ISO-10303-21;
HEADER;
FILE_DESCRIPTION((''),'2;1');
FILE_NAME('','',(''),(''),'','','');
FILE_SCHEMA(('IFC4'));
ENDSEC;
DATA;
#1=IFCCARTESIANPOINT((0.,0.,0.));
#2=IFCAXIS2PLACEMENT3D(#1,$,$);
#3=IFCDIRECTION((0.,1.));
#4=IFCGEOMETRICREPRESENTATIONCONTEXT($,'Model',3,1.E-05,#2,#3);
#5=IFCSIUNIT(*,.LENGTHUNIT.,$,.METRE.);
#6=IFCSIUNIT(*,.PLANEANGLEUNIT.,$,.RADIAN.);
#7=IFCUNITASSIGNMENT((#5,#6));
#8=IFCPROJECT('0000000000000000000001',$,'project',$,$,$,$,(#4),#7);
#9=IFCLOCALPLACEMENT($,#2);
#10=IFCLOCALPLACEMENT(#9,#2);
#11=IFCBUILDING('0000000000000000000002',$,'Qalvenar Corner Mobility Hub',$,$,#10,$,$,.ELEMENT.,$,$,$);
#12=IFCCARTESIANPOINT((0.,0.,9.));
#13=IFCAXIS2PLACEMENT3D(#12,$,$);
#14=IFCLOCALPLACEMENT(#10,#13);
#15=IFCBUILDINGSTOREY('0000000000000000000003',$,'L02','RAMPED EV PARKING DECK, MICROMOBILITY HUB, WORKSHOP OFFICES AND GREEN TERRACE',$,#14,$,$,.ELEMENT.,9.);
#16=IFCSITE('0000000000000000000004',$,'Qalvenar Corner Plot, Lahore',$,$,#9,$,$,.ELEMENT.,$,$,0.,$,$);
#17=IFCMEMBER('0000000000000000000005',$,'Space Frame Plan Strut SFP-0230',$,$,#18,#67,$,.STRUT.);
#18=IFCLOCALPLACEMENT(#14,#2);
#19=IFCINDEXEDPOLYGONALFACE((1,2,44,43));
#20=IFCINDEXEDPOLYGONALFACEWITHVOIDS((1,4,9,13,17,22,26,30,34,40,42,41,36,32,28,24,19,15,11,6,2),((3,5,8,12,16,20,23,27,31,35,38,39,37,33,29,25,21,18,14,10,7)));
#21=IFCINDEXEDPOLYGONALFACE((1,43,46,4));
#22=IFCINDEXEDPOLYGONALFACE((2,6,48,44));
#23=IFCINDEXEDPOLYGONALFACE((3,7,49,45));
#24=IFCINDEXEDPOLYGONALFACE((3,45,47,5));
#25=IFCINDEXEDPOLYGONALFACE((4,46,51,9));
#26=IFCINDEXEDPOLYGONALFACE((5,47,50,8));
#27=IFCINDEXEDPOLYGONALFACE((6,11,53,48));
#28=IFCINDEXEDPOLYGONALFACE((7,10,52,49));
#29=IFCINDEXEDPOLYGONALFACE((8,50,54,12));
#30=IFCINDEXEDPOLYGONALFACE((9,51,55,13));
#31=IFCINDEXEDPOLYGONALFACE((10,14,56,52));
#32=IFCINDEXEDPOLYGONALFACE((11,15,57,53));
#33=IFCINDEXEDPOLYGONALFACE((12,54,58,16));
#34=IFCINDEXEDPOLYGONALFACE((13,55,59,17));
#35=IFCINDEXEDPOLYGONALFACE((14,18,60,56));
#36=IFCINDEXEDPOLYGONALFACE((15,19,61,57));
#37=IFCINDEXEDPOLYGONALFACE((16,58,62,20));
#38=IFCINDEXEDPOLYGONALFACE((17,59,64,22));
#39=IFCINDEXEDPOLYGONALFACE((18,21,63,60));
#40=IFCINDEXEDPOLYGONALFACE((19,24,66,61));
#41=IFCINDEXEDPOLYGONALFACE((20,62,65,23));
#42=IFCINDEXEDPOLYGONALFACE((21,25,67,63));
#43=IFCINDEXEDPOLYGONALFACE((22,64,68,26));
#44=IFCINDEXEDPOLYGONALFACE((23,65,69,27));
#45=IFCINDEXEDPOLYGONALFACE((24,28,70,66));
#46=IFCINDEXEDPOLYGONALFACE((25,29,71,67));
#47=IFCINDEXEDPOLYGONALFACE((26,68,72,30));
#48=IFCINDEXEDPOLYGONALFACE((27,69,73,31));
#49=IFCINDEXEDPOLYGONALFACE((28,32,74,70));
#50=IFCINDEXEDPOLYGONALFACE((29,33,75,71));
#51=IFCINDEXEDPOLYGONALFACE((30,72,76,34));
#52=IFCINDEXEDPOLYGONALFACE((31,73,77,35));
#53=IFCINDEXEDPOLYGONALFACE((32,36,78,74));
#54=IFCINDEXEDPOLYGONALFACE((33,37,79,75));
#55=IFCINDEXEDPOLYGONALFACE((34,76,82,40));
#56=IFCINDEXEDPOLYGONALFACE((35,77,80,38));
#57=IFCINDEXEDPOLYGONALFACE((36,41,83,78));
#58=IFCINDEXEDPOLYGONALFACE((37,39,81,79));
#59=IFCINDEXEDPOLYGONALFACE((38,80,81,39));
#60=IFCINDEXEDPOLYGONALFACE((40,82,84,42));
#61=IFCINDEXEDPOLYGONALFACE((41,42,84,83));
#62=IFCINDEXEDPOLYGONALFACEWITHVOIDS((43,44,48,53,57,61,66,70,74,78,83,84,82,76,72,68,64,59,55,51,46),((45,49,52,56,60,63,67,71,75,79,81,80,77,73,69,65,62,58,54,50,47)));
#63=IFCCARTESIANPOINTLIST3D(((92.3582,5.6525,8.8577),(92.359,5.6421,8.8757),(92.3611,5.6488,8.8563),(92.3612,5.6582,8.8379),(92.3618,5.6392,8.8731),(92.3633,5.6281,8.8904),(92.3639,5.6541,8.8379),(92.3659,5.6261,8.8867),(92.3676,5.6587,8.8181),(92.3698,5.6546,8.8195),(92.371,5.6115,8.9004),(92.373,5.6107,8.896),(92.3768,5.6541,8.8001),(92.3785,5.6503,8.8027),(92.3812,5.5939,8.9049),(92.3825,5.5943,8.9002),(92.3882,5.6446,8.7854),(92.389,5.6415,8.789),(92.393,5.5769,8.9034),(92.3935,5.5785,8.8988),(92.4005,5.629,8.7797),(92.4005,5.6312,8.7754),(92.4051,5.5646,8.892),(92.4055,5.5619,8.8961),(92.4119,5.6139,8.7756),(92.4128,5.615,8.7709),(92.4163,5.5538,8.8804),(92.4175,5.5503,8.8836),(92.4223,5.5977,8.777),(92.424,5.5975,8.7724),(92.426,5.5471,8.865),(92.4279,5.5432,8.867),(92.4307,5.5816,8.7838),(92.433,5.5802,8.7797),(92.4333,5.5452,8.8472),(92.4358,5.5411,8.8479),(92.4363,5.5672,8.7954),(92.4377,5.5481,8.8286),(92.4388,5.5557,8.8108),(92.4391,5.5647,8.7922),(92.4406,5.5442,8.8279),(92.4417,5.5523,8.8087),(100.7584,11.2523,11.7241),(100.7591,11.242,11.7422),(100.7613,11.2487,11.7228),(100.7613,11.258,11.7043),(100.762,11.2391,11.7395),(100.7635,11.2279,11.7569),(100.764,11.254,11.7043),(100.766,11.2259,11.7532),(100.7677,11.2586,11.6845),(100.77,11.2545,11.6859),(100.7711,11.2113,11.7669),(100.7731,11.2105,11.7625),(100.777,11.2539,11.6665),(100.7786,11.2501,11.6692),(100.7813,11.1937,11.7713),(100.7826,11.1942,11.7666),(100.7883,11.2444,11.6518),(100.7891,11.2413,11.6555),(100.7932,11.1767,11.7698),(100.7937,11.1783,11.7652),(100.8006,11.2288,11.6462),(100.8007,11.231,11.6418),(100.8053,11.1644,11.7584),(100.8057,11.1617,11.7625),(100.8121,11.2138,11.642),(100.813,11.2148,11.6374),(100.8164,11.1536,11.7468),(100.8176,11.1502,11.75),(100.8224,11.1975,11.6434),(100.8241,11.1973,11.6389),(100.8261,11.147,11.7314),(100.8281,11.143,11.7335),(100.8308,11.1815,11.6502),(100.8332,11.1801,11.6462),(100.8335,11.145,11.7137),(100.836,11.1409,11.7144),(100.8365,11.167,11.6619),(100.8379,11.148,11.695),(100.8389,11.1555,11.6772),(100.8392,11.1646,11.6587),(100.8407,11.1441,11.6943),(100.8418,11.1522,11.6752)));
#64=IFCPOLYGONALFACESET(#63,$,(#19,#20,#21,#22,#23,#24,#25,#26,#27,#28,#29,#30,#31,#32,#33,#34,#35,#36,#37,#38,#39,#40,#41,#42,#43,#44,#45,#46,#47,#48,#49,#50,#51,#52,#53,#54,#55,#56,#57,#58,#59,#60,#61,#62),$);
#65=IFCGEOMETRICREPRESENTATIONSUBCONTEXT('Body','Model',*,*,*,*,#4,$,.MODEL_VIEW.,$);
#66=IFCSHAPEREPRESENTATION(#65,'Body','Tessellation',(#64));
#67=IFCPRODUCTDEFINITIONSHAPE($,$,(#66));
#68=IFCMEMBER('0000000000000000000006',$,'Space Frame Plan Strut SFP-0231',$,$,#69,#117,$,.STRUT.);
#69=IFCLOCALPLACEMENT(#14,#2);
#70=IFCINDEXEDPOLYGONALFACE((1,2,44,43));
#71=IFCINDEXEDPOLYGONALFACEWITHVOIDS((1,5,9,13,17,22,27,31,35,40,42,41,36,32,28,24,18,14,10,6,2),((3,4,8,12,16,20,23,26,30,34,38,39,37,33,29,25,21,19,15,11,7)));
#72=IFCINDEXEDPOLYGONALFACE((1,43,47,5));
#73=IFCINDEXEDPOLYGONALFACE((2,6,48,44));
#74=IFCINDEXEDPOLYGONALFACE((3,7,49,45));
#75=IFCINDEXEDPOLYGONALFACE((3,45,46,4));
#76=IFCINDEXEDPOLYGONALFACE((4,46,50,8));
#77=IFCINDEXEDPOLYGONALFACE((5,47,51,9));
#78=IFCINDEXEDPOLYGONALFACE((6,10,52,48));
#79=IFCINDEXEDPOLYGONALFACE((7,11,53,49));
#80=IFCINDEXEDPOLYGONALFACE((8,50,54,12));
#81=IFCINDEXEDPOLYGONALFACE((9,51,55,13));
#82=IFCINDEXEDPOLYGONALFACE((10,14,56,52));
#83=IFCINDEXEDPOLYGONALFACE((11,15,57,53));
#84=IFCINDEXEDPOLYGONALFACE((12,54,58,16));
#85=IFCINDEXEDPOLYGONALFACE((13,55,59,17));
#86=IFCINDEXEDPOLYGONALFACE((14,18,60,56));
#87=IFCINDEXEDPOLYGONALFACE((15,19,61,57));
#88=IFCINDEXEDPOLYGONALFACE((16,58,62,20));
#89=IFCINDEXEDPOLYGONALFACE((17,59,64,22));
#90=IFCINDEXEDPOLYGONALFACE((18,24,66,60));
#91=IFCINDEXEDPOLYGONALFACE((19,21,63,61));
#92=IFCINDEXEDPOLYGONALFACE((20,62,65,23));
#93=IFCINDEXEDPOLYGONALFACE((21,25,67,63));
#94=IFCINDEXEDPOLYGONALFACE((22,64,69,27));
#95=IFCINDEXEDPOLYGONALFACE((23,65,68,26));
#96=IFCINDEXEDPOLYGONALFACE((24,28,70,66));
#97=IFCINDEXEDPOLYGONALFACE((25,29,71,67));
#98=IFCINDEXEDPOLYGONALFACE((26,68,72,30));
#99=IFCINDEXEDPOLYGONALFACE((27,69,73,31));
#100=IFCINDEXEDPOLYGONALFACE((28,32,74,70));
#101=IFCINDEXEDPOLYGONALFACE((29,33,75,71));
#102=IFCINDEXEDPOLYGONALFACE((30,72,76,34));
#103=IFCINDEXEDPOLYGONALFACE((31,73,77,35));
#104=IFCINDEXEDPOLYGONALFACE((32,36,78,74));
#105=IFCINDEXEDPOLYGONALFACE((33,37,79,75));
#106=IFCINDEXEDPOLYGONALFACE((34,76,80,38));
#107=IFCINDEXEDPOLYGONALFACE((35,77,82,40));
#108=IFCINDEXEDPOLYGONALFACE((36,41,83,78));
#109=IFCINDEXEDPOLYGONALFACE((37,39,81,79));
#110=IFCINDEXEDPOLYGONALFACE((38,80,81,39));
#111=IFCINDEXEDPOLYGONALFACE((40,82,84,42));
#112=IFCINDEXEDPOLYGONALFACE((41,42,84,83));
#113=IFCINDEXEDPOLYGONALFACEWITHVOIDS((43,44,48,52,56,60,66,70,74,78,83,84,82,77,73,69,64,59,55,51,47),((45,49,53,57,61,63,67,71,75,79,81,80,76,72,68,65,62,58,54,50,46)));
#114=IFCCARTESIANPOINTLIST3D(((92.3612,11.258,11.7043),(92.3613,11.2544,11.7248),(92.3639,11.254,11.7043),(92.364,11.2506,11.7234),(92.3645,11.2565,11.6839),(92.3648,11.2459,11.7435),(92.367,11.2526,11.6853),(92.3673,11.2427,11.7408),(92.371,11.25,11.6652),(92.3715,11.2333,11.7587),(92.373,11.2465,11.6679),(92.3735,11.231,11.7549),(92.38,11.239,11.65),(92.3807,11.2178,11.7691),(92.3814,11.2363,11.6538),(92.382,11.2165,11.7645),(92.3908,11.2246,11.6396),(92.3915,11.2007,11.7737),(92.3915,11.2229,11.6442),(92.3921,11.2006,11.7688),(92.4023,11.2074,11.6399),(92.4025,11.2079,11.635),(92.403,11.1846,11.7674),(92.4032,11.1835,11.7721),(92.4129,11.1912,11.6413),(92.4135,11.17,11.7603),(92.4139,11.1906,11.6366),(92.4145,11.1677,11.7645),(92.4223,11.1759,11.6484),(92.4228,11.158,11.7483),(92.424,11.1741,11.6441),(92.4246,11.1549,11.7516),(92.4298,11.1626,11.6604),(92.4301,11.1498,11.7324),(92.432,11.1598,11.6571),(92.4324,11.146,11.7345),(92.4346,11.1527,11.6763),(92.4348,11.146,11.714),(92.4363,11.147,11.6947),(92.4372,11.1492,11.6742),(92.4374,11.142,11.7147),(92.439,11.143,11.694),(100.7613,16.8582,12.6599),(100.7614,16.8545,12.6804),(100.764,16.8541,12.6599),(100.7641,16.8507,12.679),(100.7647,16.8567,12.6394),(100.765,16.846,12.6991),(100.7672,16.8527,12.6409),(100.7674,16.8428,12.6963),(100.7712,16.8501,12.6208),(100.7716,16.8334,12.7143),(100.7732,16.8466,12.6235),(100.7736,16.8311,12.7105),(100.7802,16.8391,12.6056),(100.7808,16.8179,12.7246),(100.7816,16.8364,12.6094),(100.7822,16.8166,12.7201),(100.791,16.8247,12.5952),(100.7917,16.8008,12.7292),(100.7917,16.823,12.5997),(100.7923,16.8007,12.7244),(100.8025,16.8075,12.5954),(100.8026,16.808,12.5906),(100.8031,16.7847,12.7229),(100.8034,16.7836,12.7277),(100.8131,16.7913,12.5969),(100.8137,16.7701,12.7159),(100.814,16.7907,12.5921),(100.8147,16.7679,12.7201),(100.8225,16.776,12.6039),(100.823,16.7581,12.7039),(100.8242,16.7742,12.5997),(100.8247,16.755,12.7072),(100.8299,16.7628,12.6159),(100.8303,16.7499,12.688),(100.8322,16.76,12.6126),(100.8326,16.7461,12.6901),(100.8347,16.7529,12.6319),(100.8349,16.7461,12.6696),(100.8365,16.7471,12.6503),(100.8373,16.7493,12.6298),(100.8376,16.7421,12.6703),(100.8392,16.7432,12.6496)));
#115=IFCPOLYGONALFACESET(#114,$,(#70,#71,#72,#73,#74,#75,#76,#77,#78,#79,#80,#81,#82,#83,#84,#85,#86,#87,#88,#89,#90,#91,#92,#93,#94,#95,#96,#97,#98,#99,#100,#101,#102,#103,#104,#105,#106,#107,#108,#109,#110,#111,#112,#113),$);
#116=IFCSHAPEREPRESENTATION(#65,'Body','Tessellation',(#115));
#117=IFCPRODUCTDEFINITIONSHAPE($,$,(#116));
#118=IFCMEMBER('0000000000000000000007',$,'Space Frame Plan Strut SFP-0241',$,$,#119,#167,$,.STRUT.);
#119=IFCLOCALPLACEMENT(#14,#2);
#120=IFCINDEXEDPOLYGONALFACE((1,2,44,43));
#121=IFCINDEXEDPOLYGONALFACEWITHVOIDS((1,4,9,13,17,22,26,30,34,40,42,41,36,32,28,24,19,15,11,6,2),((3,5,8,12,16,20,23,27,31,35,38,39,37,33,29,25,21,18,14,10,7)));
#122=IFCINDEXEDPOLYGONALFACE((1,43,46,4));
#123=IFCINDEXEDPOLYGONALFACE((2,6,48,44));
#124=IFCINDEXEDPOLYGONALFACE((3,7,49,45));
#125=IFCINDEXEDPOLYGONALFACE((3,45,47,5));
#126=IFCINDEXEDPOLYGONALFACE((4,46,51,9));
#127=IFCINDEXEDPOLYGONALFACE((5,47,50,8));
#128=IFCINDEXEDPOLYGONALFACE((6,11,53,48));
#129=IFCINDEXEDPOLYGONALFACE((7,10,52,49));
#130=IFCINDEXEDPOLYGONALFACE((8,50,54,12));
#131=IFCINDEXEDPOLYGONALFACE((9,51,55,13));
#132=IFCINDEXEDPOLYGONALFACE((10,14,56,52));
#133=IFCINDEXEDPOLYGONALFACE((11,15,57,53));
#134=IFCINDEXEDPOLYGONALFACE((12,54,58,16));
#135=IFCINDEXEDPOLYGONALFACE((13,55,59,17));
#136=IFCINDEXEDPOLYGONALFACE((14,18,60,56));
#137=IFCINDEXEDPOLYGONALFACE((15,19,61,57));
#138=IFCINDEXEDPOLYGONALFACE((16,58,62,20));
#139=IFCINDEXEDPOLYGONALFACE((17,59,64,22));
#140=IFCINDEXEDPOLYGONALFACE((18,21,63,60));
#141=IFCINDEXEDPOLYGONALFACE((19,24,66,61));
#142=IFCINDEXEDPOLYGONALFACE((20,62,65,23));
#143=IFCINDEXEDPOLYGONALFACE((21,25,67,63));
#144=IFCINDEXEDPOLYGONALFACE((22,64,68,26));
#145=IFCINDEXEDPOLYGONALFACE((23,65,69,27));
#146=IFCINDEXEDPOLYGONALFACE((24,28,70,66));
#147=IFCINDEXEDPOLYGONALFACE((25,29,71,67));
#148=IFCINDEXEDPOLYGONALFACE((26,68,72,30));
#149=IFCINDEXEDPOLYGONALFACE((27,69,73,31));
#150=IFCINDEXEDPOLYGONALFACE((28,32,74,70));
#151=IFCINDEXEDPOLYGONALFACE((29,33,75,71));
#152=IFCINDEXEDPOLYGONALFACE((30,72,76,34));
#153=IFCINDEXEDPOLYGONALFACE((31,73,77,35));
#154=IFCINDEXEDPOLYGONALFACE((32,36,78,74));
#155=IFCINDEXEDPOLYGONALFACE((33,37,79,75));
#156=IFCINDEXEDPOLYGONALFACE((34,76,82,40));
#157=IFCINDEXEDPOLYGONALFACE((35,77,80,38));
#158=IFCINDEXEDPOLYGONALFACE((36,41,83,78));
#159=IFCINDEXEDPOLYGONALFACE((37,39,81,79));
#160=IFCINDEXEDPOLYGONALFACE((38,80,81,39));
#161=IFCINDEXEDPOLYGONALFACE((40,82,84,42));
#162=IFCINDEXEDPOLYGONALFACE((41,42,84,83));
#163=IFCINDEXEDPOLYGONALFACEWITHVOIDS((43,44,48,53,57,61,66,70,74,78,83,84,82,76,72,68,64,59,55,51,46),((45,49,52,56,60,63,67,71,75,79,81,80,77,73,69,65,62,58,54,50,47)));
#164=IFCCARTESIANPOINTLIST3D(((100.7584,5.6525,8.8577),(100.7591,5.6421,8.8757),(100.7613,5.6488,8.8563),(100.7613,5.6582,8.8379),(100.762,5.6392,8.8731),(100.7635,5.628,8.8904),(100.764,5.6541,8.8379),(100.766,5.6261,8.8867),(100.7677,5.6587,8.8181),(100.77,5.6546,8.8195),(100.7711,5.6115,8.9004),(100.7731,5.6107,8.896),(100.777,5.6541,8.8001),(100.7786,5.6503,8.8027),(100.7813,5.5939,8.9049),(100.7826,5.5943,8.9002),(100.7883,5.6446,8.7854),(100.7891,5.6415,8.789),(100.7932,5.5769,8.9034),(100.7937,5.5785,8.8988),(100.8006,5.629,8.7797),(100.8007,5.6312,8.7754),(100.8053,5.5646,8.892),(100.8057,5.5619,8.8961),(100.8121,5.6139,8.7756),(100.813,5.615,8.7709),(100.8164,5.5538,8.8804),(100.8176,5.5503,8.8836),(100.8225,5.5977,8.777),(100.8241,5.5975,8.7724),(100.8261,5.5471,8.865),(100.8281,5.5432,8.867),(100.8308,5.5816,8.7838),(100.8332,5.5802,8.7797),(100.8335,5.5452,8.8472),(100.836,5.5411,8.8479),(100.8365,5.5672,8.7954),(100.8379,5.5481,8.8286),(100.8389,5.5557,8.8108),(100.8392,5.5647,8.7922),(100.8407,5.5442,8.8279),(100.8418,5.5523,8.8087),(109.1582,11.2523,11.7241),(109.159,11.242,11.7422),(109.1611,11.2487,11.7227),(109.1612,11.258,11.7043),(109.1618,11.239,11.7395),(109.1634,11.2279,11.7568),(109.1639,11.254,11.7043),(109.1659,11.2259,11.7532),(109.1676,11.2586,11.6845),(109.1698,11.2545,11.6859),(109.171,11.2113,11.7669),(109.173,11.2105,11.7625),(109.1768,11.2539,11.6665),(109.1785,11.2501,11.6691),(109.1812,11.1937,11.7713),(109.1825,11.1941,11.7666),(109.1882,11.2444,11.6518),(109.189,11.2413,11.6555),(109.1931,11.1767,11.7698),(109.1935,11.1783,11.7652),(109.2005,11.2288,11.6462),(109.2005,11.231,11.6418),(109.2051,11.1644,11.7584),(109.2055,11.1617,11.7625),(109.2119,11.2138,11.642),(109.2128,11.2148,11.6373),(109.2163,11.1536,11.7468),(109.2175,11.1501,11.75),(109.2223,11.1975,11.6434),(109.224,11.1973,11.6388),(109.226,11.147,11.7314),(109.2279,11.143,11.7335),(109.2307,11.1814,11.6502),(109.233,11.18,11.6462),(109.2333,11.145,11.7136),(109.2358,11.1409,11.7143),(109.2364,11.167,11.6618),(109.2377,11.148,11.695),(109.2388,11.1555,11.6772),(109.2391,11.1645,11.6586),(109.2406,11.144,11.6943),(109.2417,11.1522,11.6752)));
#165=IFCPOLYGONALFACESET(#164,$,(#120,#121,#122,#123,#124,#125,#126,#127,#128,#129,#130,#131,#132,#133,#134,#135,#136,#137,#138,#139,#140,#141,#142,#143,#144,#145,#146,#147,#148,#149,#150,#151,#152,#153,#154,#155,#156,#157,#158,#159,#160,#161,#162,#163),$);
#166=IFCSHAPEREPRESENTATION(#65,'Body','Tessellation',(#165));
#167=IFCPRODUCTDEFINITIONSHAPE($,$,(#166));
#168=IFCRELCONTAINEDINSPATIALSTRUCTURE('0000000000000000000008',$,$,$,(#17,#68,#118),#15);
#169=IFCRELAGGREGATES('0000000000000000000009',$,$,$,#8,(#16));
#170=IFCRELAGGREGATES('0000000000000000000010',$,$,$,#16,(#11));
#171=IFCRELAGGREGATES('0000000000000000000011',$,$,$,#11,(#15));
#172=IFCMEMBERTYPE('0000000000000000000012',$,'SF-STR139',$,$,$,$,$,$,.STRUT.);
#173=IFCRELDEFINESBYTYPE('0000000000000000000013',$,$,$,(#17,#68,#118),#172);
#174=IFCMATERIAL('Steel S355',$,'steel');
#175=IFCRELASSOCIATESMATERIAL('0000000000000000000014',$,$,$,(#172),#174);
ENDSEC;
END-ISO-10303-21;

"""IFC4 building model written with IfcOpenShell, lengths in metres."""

from ifc_helpers import new_model, si_unit, direction, frame, origin, origin_2d, place, context, subcontext, project, spatial, hollow_circle, extrude, material, material_profile, profile_set, type_object, element, save


model = new_model("IFC4")

# Units and contexts
model_context = context("Model", 3, precision=1e-05, world=origin(), true_north=direction((0.0, 1.0)))
body_context = subcontext(model_context, "Body", "Model", "MODEL_VIEW")
ifc_project = project(units=[si_unit("LENGTHUNIT", "METRE"), si_unit("PLANEANGLEUNIT", "RADIAN")], contexts=[model_context])

# Site, building, storey
site_placement = place(None, origin())
site = spatial("IfcSite", under=ifc_project, at=site_placement, Name="Qalvenar Corner Plot, Lahore", CompositionType="ELEMENT", RefElevation=0.0)
building_placement = place(site_placement, origin())
building = spatial("IfcBuilding", under=site, at=building_placement, Name="Qalvenar Corner Mobility Hub", CompositionType="ELEMENT")
storey_placement = place(building_placement, frame((0.0, 0.0, 9.0)))
storey = spatial("IfcBuildingStorey", under=building, at=storey_placement, Name="L02", Description="RAMPED EV PARKING DECK, MICROMOBILITY HUB, WORKSHOP OFFICES AND GREEN TERRACE", CompositionType="ELEMENT", Elevation=9.0)

# Members
ifc_material_1 = material(Name="Steel S355", Category="steel")
ifc_material_profile_1 = material_profile(ifc_material_1, hollow_circle(Radius=0.0698, WallThickness=0.0049, at=origin_2d()), Name="CHS139.7x5")
ifc_profile_set_1 = profile_set([ifc_material_profile_1], Name="Steel S355")
member_type_1 = type_object("IfcMemberType", Name="SF-STR139", PredefinedType="STRUT", material=ifc_profile_set_1)
member_1_placement = place(storey_placement, frame((92.3999, 5.6001, 8.8379), z_axis=(0.800423, 0.533592, 0.273135), x_axis=(-0.554683, 0.832061, 0.0)))
element("IfcMember", 1, at=member_1_placement, inside=storey, type_object=member_type_1, Name="Space Frame Plan Strut SFP-0230", PredefinedType="STRUT", context=body_context, shape_type="SweptSolid", body=[
    extrude(hollow_circle(Radius=0.0698, WallThickness=0.0049, at=origin_2d()), origin(), (0.0, 0.0, 1.0), 10.4946),
])
member_2_placement = place(storey_placement, frame((92.3999, 11.2, 11.7043), z_axis=(0.828348, 0.552232, 0.09423), x_axis=(-0.5547, 0.83205, 0.0)))
element("IfcMember", 2, at=member_2_placement, inside=storey, type_object=member_type_1, Name="Space Frame Plan Strut SFP-0231", PredefinedType="STRUT", context=body_context, shape_type="SweptSolid", body=[
    extrude(hollow_circle(Radius=0.0698, WallThickness=0.0049, at=origin_2d()), origin(), (0.0, 0.0, 1.0), 10.1409),
])
member_3_placement = place(storey_placement, frame((100.8, 5.6001, 8.8379), z_axis=(0.800414, 0.533602, 0.27314), x_axis=(-0.554695, 0.832054, 0.0)))
element("IfcMember", 3, at=member_3_placement, inside=storey, type_object=member_type_1, Name="Space Frame Plan Strut SFP-0241", PredefinedType="STRUT", context=body_context, shape_type="SweptSolid", body=[
    extrude(hollow_circle(Radius=0.0698, WallThickness=0.0049, at=origin_2d()), origin(), (0.0, 0.0, 1.0), 10.4944),
])

save(model, "model.ifc")
